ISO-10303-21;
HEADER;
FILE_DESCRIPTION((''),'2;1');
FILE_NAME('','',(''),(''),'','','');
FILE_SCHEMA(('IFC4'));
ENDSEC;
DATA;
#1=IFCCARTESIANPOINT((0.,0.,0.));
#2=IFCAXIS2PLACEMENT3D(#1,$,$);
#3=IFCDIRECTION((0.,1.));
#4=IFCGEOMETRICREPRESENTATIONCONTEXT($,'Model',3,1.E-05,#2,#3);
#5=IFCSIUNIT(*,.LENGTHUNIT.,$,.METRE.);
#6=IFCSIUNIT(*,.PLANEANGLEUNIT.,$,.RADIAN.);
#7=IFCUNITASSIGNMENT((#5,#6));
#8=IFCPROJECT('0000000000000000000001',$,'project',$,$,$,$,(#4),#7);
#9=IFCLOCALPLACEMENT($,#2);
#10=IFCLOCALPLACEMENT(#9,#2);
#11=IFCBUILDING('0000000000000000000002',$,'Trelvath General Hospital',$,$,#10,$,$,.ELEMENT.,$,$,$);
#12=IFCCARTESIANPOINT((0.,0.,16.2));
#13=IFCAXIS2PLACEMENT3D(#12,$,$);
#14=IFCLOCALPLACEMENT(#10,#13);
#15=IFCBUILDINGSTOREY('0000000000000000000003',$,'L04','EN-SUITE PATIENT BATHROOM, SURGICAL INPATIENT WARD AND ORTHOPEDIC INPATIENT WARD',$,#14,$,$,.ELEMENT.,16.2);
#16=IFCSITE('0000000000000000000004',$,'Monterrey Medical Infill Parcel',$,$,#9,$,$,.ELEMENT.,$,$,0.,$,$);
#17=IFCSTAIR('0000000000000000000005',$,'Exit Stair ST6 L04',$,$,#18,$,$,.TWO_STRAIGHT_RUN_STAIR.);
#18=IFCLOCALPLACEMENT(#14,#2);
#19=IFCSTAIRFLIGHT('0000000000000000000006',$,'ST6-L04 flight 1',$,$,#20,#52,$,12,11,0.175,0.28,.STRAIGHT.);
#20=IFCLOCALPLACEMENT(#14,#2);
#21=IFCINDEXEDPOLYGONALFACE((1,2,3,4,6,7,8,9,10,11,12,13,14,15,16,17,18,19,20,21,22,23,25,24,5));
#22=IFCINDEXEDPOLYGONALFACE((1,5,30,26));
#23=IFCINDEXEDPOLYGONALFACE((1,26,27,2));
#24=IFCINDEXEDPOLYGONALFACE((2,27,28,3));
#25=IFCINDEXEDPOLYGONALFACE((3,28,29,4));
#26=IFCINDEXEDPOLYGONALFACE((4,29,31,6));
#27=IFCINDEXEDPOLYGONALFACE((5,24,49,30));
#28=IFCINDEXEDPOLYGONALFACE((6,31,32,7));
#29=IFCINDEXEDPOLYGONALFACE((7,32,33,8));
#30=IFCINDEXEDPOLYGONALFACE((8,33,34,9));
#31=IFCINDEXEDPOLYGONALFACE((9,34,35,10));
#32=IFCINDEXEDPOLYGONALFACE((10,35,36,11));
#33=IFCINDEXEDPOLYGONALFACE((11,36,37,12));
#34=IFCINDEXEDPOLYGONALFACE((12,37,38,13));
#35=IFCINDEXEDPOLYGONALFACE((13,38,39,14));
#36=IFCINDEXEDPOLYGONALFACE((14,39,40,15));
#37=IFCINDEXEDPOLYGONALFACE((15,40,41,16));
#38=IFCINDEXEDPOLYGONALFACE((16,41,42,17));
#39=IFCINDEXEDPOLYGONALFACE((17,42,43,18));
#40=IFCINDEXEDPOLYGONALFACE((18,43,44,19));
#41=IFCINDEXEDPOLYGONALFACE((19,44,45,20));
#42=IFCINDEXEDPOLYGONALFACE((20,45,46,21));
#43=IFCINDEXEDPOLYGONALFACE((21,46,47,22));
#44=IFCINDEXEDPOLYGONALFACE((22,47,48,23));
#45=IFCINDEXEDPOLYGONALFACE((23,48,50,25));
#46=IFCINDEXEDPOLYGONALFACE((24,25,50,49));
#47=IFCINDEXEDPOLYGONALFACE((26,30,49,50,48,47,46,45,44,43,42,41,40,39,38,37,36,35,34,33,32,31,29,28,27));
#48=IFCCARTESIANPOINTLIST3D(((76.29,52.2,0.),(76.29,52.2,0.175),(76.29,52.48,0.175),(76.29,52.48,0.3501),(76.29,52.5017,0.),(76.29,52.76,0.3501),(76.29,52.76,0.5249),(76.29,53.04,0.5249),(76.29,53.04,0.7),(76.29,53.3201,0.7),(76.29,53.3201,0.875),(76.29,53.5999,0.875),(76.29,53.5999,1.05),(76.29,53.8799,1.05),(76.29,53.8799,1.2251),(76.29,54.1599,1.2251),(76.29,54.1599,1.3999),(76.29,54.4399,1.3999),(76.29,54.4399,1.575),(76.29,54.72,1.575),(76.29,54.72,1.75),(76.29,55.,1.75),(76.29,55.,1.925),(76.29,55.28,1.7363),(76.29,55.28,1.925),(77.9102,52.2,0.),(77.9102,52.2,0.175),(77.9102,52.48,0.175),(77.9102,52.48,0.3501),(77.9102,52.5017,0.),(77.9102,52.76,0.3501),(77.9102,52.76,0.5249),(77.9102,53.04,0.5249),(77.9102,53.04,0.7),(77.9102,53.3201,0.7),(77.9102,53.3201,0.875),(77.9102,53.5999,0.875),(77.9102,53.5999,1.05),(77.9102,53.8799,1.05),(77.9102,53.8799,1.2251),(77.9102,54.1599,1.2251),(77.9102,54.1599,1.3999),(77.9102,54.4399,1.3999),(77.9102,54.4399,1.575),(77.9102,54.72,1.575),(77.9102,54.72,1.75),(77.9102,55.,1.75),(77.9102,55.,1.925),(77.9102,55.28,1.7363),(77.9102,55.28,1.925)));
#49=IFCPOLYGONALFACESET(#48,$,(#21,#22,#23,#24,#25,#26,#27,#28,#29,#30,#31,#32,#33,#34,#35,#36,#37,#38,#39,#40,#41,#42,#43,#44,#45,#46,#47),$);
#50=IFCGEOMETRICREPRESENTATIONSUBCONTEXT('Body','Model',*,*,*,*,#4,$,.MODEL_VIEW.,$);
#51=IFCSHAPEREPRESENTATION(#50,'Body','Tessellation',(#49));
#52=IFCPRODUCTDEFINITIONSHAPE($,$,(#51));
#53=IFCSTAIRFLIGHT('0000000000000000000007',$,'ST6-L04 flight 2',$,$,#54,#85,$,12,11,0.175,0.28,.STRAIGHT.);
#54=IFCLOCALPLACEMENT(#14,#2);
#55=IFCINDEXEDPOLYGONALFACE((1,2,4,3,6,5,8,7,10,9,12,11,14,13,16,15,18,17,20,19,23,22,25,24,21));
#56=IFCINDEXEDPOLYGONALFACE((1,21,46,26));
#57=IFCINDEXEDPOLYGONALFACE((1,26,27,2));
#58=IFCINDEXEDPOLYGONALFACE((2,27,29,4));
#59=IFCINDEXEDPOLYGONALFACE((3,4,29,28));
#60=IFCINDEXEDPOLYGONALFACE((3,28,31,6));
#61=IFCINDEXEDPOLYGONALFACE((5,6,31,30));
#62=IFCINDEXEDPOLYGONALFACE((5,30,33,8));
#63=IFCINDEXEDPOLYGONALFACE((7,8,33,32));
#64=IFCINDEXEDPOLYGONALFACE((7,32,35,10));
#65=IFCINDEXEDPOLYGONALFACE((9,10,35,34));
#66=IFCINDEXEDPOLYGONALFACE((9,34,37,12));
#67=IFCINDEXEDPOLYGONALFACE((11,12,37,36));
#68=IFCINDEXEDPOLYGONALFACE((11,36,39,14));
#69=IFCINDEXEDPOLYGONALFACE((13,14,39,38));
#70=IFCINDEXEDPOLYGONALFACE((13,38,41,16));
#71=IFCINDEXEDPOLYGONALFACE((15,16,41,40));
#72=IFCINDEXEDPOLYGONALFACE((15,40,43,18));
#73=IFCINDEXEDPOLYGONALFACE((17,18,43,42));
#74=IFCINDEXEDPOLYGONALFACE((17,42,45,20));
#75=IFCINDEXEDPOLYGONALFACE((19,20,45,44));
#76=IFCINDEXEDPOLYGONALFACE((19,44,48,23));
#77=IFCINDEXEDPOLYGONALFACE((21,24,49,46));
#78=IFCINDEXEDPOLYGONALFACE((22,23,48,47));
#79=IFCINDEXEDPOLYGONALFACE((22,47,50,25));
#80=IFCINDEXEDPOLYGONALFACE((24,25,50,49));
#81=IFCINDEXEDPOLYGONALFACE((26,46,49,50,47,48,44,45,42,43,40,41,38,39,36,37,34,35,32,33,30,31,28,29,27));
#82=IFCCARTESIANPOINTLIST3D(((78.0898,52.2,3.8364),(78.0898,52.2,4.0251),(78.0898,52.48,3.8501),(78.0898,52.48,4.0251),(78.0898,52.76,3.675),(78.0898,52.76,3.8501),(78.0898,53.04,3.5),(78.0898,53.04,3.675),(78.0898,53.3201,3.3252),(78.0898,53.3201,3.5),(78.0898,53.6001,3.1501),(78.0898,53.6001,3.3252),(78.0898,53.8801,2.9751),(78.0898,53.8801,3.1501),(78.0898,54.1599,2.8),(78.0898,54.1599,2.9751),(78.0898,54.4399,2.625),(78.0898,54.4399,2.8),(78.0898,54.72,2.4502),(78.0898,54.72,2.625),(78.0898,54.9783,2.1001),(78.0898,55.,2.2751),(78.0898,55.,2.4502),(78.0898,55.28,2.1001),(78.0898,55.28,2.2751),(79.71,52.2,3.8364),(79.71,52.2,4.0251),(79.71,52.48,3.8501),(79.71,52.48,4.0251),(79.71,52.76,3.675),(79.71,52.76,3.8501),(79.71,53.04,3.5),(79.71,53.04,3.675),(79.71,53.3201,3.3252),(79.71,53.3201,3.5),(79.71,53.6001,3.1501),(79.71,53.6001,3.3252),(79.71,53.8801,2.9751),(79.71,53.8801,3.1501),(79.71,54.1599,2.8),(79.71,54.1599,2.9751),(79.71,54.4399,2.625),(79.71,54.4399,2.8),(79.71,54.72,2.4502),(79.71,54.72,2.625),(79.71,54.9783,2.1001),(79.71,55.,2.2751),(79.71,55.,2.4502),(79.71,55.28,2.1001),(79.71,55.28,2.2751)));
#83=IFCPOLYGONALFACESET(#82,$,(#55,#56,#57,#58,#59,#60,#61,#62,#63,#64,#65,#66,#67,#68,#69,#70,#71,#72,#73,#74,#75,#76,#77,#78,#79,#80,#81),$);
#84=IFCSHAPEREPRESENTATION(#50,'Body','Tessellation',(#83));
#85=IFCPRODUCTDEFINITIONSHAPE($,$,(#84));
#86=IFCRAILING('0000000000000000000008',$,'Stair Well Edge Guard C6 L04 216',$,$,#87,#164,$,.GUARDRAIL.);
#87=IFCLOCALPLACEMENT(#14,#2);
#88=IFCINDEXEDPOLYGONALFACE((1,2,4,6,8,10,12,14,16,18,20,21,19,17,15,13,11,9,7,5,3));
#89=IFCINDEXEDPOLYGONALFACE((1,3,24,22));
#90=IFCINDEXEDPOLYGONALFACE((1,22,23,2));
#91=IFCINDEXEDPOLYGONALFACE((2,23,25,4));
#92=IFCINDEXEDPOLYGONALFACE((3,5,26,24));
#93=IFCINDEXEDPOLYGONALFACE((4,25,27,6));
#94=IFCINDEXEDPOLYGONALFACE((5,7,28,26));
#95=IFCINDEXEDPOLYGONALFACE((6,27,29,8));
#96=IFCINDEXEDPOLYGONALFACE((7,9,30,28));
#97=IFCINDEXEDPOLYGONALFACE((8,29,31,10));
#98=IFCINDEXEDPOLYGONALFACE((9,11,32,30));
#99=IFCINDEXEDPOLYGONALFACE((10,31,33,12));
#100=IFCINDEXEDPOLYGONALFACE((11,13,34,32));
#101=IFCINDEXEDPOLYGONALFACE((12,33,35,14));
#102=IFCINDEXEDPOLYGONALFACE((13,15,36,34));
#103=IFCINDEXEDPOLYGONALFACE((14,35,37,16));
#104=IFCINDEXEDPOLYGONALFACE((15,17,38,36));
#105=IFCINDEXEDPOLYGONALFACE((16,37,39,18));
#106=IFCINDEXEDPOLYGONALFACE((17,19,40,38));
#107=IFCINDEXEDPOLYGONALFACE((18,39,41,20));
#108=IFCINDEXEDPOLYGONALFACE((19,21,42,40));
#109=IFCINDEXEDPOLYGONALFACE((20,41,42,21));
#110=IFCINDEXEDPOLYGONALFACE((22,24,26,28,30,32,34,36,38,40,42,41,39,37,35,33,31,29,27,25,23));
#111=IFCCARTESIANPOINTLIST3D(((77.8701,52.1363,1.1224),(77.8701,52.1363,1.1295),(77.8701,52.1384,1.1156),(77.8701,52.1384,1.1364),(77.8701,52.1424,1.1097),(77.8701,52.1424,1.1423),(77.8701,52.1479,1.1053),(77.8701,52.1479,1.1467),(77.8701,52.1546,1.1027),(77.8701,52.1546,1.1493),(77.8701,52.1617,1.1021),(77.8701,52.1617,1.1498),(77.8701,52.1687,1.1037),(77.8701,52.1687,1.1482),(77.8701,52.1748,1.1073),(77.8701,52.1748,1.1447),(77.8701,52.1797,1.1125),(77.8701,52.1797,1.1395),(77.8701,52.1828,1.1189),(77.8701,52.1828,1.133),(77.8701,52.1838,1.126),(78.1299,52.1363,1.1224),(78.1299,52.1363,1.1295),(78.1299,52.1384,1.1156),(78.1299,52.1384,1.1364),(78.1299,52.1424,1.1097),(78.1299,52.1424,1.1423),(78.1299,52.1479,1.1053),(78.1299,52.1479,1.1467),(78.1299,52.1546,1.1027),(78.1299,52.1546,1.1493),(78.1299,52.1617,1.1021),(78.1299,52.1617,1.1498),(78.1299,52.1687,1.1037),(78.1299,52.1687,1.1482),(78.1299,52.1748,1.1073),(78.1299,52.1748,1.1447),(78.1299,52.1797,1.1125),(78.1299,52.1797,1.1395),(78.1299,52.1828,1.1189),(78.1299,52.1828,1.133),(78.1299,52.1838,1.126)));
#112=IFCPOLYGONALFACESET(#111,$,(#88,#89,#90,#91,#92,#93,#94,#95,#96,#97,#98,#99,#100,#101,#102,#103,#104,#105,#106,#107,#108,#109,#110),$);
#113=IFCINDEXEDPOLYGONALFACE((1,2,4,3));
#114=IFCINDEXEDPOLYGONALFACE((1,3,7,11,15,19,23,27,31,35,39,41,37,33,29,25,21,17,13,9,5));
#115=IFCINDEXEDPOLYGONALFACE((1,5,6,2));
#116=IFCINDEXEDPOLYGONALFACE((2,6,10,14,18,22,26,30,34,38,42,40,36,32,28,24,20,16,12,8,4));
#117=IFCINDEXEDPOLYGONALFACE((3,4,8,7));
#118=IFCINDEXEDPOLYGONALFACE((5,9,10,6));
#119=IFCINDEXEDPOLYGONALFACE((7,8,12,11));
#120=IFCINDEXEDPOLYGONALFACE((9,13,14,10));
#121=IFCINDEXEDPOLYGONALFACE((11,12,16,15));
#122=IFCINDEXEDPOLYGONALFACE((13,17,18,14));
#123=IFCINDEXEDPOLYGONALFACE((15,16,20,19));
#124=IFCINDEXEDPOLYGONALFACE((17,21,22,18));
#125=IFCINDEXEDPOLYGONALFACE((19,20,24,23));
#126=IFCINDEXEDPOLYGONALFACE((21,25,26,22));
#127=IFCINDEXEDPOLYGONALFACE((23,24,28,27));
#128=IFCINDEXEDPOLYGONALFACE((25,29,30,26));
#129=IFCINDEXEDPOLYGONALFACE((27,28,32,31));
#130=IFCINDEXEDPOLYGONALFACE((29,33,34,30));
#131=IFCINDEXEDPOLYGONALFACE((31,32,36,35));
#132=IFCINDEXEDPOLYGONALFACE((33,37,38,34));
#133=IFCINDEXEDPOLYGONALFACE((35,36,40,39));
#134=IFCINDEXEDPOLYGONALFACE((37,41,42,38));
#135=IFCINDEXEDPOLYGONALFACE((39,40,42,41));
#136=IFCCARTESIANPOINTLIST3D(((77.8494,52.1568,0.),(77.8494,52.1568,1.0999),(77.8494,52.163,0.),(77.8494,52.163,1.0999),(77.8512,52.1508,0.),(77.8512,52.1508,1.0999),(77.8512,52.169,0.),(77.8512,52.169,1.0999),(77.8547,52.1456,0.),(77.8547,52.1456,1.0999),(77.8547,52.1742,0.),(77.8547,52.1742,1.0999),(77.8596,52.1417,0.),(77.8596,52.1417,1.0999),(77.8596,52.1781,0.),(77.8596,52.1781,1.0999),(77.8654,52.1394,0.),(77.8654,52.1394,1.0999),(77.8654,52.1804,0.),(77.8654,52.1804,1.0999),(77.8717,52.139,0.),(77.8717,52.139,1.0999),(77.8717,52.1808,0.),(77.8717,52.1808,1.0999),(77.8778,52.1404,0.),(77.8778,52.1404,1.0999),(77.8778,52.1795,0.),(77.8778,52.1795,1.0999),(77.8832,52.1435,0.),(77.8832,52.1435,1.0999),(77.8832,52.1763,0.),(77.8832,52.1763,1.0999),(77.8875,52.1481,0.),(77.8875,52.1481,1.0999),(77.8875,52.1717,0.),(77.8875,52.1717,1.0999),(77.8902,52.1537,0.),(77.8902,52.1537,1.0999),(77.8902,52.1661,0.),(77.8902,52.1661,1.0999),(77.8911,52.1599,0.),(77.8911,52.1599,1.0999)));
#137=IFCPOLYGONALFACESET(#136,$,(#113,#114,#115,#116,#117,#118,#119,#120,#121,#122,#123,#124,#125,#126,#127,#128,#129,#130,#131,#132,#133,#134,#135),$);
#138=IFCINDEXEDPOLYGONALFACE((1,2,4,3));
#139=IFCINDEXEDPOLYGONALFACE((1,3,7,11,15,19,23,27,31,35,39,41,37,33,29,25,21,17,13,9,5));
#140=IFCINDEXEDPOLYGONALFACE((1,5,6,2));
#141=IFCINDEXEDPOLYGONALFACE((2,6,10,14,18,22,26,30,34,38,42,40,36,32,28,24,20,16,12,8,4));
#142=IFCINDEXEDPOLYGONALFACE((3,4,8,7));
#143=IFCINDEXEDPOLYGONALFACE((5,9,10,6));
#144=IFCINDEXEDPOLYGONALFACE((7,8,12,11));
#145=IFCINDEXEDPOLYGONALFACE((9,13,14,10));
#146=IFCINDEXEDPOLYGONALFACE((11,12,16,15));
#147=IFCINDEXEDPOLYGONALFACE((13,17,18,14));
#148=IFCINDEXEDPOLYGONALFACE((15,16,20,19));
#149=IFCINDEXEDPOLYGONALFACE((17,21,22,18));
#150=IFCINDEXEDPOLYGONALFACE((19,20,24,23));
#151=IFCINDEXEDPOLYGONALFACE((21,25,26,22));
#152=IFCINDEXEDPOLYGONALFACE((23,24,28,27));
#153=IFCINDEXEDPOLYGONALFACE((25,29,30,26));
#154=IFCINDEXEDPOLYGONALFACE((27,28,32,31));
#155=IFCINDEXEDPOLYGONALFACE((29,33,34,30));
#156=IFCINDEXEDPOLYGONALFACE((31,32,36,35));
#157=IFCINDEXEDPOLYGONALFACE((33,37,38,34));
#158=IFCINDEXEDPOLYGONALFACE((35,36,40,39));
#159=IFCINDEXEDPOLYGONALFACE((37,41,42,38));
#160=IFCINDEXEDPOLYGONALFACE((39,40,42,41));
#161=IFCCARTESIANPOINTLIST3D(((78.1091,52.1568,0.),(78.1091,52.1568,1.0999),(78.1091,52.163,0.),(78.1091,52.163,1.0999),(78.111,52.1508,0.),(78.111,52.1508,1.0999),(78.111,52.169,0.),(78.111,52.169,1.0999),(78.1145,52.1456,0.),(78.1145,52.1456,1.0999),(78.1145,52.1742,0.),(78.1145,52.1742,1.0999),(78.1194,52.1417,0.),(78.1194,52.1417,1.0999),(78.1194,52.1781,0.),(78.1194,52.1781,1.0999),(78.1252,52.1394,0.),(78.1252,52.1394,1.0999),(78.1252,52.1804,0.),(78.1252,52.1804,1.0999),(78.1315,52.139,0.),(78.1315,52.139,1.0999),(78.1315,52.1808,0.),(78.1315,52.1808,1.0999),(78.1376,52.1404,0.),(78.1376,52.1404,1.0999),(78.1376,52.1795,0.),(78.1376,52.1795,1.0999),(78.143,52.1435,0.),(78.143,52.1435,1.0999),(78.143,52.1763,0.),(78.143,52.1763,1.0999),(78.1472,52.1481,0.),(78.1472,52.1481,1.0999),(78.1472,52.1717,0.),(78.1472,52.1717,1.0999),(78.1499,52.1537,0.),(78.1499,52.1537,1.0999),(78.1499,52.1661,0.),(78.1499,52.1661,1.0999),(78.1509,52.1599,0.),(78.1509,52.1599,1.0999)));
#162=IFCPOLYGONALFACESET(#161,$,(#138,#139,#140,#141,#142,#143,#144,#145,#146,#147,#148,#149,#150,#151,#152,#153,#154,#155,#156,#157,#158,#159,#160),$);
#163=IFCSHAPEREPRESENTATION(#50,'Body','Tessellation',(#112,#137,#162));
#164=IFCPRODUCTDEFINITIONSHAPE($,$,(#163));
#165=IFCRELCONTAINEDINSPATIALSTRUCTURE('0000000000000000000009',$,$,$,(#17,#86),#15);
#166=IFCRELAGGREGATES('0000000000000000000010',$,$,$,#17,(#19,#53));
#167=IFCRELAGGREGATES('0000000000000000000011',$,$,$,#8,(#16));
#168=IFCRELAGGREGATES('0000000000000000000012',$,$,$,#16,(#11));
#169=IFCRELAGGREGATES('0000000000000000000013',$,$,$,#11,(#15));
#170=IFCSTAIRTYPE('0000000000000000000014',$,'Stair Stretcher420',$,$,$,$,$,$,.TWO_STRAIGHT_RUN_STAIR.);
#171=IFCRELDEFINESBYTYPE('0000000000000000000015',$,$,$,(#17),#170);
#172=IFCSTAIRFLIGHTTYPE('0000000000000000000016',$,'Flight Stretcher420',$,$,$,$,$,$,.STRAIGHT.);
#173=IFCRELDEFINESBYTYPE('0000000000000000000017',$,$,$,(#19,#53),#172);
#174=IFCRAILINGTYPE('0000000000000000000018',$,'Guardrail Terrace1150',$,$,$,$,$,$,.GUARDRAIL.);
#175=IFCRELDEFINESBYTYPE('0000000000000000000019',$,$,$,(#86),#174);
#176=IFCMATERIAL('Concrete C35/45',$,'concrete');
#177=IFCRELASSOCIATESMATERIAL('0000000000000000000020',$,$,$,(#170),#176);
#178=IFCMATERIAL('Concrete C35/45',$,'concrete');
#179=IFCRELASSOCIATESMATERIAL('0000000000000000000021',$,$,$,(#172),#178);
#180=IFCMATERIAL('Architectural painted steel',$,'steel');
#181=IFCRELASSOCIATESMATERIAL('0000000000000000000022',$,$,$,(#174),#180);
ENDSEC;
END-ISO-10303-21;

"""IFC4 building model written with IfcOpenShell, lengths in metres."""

from ifc_helpers import new_model, si_unit, direction, frame, origin, origin_2d, place, context, subcontext, project, spatial, polyline, circle, outline, extrude, material, type_object, element, aggregate, save


model = new_model("IFC4")

# Units and contexts
model_context = context("Model", 3, precision=1e-05, world=origin(), true_north=direction((0.0, 1.0)))
body_context = subcontext(model_context, "Body", "Model", "MODEL_VIEW")
ifc_project = project(units=[si_unit("LENGTHUNIT", "METRE"), si_unit("PLANEANGLEUNIT", "RADIAN")], contexts=[model_context])

# Site, building, storey
site_placement = place(None, origin())
site = spatial("IfcSite", under=ifc_project, at=site_placement, Name="Monterrey Medical Infill Parcel", CompositionType="ELEMENT", RefElevation=0.0)
building_placement = place(site_placement, origin())
building = spatial("IfcBuilding", under=site, at=building_placement, Name="Trelvath General Hospital", CompositionType="ELEMENT")
storey_placement = place(building_placement, frame((0.0, 0.0, 16.2)))
storey = spatial("IfcBuildingStorey", under=building, at=storey_placement, Name="L04", Description="EN-SUITE PATIENT BATHROOM, SURGICAL INPATIENT WARD AND ORTHOPEDIC INPATIENT WARD", CompositionType="ELEMENT", Elevation=16.2)

# Stair, stair flights
ifc_material_1 = material(Name="Concrete C35/45", Category="concrete")
stair_type_1 = type_object("IfcStairType", Name="Stair Stretcher420", PredefinedType="TWO_STRAIGHT_RUN_STAIR", material=ifc_material_1)
stair_1_placement = place(storey_placement, origin())
stair_1 = element("IfcStair", 1, at=stair_1_placement, inside=storey, type_object=stair_type_1, Name="Exit Stair ST6 L04", PredefinedType="TWO_STRAIGHT_RUN_STAIR")
ifc_material_2 = material(Name="Concrete C35/45", Category="concrete")
stair_flight_type_1 = type_object("IfcStairFlightType", Name="Flight Stretcher420", PredefinedType="STRAIGHT", material=ifc_material_2)
stair_flight_1_placement = place(storey_placement, frame((77.1001, 52.2, 0.0), z_axis=(0.0, 0.0, 1.0), x_axis=(0.0, 1.0, 0.0)))
stair_flight_1 = element("IfcStairFlight", 2, at=stair_flight_1_placement, type_object=stair_flight_type_1, Name="ST6-L04 flight 1", NumberOfRisers=12, NumberOfTreads=11, PredefinedType="STRAIGHT", RiserHeight=0.175, TreadLength=0.28, context=body_context, shape_type="SweptSolid", body=[
    extrude(outline(polyline([(0.0, 0.0), (0.0, 0.175), (0.28, 0.175), (0.28, 0.3501), (0.5601, 0.3501), (0.5601, 0.5249), (0.8401, 0.5249), (0.8401, 0.7), (1.1201, 0.7), (1.1201, 0.875), (1.3999, 0.875), (1.3999, 1.05), (1.6799, 1.05), (1.6799, 1.2251), (1.96, 1.2251), (1.96, 1.3999), (2.24, 1.3999), (2.24, 1.575), (2.52, 1.575), (2.52, 1.75), (2.8, 1.75), (2.8, 1.925), (3.0801, 1.925), (3.0801, 2.1001), (3.0801, 1.7363), (0.3018, 0.0), (0.0, 0.0)])), frame((0.0, 0.8101, 0.0), z_axis=(0.0, -1.0, 0.0), x_axis=(1.0, 0.0, 0.0)), (0.0, 0.0, 1.0), 1.6201),
])
stair_flight_2_placement = place(storey_placement, frame((78.8999, 55.28, 2.1001), z_axis=(0.0, 0.0, 1.0), x_axis=(0.0, -1.0, 0.0)))
stair_flight_2 = element("IfcStairFlight", 3, at=stair_flight_2_placement, type_object=stair_flight_type_1, Name="ST6-L04 flight 2", NumberOfRisers=12, NumberOfTreads=11, PredefinedType="STRAIGHT", RiserHeight=0.175, TreadLength=0.28, context=body_context, shape_type="SweptSolid", body=[
    extrude(outline(polyline([(0.0, 0.0), (0.0, 0.175), (0.28, 0.175), (0.28, 0.3501), (0.5601, 0.3501), (0.5601, 0.5249), (0.8401, 0.5249), (0.8401, 0.7), (1.1201, 0.7), (1.1201, 0.875), (1.3999, 0.875), (1.3999, 1.05), (1.6799, 1.05), (1.6799, 1.2251), (1.96, 1.2251), (1.96, 1.3999), (2.24, 1.3999), (2.24, 1.575), (2.52, 1.575), (2.52, 1.75), (2.8, 1.75), (2.8, 1.925), (3.0801, 1.925), (3.0801, 2.1001), (3.0801, 1.7363), (0.3018, 0.0), (0.0, 0.0)])), frame((0.0, 0.8101, 0.0), z_axis=(0.0, -1.0, 0.0), x_axis=(1.0, 0.0, 0.0)), (0.0, 0.0, 1.0), 1.6201),
])
aggregate(stair_1, [stair_flight_1, stair_flight_2])

# Railing
ifc_material_3 = material(Name="Architectural painted steel", Category="steel")
railing_type_1 = type_object("IfcRailingType", Name="Guardrail Terrace1150", PredefinedType="GUARDRAIL", material=ifc_material_3)
railing_1_placement = place(storey_placement, frame((77.8701, 52.1599, 0.0)))
element("IfcRailing", 4, at=railing_1_placement, inside=storey, type_object=railing_type_1, Name="Stair Well Edge Guard C6 L04 216", PredefinedType="GUARDRAIL", context=body_context, shape_type="SweptSolid", body=[
    extrude(circle(Radius=0.0239, at=origin_2d()), frame((0.0, 0.0, 1.126), z_axis=(1.0, 0.0, 0.0), x_axis=(0.0, 1.0, 0.0)), (0.0, 0.0, 1.0), 0.2598),
    extrude(circle(Radius=0.021, at=origin_2d()), origin(), (0.0, 0.0, 1.0), 1.0999),
    extrude(circle(Radius=0.021, at=origin_2d()), frame((0.2598, 0.0, 0.0)), (0.0, 0.0, 1.0), 1.0999),
])

save(model, "model.ifc")
